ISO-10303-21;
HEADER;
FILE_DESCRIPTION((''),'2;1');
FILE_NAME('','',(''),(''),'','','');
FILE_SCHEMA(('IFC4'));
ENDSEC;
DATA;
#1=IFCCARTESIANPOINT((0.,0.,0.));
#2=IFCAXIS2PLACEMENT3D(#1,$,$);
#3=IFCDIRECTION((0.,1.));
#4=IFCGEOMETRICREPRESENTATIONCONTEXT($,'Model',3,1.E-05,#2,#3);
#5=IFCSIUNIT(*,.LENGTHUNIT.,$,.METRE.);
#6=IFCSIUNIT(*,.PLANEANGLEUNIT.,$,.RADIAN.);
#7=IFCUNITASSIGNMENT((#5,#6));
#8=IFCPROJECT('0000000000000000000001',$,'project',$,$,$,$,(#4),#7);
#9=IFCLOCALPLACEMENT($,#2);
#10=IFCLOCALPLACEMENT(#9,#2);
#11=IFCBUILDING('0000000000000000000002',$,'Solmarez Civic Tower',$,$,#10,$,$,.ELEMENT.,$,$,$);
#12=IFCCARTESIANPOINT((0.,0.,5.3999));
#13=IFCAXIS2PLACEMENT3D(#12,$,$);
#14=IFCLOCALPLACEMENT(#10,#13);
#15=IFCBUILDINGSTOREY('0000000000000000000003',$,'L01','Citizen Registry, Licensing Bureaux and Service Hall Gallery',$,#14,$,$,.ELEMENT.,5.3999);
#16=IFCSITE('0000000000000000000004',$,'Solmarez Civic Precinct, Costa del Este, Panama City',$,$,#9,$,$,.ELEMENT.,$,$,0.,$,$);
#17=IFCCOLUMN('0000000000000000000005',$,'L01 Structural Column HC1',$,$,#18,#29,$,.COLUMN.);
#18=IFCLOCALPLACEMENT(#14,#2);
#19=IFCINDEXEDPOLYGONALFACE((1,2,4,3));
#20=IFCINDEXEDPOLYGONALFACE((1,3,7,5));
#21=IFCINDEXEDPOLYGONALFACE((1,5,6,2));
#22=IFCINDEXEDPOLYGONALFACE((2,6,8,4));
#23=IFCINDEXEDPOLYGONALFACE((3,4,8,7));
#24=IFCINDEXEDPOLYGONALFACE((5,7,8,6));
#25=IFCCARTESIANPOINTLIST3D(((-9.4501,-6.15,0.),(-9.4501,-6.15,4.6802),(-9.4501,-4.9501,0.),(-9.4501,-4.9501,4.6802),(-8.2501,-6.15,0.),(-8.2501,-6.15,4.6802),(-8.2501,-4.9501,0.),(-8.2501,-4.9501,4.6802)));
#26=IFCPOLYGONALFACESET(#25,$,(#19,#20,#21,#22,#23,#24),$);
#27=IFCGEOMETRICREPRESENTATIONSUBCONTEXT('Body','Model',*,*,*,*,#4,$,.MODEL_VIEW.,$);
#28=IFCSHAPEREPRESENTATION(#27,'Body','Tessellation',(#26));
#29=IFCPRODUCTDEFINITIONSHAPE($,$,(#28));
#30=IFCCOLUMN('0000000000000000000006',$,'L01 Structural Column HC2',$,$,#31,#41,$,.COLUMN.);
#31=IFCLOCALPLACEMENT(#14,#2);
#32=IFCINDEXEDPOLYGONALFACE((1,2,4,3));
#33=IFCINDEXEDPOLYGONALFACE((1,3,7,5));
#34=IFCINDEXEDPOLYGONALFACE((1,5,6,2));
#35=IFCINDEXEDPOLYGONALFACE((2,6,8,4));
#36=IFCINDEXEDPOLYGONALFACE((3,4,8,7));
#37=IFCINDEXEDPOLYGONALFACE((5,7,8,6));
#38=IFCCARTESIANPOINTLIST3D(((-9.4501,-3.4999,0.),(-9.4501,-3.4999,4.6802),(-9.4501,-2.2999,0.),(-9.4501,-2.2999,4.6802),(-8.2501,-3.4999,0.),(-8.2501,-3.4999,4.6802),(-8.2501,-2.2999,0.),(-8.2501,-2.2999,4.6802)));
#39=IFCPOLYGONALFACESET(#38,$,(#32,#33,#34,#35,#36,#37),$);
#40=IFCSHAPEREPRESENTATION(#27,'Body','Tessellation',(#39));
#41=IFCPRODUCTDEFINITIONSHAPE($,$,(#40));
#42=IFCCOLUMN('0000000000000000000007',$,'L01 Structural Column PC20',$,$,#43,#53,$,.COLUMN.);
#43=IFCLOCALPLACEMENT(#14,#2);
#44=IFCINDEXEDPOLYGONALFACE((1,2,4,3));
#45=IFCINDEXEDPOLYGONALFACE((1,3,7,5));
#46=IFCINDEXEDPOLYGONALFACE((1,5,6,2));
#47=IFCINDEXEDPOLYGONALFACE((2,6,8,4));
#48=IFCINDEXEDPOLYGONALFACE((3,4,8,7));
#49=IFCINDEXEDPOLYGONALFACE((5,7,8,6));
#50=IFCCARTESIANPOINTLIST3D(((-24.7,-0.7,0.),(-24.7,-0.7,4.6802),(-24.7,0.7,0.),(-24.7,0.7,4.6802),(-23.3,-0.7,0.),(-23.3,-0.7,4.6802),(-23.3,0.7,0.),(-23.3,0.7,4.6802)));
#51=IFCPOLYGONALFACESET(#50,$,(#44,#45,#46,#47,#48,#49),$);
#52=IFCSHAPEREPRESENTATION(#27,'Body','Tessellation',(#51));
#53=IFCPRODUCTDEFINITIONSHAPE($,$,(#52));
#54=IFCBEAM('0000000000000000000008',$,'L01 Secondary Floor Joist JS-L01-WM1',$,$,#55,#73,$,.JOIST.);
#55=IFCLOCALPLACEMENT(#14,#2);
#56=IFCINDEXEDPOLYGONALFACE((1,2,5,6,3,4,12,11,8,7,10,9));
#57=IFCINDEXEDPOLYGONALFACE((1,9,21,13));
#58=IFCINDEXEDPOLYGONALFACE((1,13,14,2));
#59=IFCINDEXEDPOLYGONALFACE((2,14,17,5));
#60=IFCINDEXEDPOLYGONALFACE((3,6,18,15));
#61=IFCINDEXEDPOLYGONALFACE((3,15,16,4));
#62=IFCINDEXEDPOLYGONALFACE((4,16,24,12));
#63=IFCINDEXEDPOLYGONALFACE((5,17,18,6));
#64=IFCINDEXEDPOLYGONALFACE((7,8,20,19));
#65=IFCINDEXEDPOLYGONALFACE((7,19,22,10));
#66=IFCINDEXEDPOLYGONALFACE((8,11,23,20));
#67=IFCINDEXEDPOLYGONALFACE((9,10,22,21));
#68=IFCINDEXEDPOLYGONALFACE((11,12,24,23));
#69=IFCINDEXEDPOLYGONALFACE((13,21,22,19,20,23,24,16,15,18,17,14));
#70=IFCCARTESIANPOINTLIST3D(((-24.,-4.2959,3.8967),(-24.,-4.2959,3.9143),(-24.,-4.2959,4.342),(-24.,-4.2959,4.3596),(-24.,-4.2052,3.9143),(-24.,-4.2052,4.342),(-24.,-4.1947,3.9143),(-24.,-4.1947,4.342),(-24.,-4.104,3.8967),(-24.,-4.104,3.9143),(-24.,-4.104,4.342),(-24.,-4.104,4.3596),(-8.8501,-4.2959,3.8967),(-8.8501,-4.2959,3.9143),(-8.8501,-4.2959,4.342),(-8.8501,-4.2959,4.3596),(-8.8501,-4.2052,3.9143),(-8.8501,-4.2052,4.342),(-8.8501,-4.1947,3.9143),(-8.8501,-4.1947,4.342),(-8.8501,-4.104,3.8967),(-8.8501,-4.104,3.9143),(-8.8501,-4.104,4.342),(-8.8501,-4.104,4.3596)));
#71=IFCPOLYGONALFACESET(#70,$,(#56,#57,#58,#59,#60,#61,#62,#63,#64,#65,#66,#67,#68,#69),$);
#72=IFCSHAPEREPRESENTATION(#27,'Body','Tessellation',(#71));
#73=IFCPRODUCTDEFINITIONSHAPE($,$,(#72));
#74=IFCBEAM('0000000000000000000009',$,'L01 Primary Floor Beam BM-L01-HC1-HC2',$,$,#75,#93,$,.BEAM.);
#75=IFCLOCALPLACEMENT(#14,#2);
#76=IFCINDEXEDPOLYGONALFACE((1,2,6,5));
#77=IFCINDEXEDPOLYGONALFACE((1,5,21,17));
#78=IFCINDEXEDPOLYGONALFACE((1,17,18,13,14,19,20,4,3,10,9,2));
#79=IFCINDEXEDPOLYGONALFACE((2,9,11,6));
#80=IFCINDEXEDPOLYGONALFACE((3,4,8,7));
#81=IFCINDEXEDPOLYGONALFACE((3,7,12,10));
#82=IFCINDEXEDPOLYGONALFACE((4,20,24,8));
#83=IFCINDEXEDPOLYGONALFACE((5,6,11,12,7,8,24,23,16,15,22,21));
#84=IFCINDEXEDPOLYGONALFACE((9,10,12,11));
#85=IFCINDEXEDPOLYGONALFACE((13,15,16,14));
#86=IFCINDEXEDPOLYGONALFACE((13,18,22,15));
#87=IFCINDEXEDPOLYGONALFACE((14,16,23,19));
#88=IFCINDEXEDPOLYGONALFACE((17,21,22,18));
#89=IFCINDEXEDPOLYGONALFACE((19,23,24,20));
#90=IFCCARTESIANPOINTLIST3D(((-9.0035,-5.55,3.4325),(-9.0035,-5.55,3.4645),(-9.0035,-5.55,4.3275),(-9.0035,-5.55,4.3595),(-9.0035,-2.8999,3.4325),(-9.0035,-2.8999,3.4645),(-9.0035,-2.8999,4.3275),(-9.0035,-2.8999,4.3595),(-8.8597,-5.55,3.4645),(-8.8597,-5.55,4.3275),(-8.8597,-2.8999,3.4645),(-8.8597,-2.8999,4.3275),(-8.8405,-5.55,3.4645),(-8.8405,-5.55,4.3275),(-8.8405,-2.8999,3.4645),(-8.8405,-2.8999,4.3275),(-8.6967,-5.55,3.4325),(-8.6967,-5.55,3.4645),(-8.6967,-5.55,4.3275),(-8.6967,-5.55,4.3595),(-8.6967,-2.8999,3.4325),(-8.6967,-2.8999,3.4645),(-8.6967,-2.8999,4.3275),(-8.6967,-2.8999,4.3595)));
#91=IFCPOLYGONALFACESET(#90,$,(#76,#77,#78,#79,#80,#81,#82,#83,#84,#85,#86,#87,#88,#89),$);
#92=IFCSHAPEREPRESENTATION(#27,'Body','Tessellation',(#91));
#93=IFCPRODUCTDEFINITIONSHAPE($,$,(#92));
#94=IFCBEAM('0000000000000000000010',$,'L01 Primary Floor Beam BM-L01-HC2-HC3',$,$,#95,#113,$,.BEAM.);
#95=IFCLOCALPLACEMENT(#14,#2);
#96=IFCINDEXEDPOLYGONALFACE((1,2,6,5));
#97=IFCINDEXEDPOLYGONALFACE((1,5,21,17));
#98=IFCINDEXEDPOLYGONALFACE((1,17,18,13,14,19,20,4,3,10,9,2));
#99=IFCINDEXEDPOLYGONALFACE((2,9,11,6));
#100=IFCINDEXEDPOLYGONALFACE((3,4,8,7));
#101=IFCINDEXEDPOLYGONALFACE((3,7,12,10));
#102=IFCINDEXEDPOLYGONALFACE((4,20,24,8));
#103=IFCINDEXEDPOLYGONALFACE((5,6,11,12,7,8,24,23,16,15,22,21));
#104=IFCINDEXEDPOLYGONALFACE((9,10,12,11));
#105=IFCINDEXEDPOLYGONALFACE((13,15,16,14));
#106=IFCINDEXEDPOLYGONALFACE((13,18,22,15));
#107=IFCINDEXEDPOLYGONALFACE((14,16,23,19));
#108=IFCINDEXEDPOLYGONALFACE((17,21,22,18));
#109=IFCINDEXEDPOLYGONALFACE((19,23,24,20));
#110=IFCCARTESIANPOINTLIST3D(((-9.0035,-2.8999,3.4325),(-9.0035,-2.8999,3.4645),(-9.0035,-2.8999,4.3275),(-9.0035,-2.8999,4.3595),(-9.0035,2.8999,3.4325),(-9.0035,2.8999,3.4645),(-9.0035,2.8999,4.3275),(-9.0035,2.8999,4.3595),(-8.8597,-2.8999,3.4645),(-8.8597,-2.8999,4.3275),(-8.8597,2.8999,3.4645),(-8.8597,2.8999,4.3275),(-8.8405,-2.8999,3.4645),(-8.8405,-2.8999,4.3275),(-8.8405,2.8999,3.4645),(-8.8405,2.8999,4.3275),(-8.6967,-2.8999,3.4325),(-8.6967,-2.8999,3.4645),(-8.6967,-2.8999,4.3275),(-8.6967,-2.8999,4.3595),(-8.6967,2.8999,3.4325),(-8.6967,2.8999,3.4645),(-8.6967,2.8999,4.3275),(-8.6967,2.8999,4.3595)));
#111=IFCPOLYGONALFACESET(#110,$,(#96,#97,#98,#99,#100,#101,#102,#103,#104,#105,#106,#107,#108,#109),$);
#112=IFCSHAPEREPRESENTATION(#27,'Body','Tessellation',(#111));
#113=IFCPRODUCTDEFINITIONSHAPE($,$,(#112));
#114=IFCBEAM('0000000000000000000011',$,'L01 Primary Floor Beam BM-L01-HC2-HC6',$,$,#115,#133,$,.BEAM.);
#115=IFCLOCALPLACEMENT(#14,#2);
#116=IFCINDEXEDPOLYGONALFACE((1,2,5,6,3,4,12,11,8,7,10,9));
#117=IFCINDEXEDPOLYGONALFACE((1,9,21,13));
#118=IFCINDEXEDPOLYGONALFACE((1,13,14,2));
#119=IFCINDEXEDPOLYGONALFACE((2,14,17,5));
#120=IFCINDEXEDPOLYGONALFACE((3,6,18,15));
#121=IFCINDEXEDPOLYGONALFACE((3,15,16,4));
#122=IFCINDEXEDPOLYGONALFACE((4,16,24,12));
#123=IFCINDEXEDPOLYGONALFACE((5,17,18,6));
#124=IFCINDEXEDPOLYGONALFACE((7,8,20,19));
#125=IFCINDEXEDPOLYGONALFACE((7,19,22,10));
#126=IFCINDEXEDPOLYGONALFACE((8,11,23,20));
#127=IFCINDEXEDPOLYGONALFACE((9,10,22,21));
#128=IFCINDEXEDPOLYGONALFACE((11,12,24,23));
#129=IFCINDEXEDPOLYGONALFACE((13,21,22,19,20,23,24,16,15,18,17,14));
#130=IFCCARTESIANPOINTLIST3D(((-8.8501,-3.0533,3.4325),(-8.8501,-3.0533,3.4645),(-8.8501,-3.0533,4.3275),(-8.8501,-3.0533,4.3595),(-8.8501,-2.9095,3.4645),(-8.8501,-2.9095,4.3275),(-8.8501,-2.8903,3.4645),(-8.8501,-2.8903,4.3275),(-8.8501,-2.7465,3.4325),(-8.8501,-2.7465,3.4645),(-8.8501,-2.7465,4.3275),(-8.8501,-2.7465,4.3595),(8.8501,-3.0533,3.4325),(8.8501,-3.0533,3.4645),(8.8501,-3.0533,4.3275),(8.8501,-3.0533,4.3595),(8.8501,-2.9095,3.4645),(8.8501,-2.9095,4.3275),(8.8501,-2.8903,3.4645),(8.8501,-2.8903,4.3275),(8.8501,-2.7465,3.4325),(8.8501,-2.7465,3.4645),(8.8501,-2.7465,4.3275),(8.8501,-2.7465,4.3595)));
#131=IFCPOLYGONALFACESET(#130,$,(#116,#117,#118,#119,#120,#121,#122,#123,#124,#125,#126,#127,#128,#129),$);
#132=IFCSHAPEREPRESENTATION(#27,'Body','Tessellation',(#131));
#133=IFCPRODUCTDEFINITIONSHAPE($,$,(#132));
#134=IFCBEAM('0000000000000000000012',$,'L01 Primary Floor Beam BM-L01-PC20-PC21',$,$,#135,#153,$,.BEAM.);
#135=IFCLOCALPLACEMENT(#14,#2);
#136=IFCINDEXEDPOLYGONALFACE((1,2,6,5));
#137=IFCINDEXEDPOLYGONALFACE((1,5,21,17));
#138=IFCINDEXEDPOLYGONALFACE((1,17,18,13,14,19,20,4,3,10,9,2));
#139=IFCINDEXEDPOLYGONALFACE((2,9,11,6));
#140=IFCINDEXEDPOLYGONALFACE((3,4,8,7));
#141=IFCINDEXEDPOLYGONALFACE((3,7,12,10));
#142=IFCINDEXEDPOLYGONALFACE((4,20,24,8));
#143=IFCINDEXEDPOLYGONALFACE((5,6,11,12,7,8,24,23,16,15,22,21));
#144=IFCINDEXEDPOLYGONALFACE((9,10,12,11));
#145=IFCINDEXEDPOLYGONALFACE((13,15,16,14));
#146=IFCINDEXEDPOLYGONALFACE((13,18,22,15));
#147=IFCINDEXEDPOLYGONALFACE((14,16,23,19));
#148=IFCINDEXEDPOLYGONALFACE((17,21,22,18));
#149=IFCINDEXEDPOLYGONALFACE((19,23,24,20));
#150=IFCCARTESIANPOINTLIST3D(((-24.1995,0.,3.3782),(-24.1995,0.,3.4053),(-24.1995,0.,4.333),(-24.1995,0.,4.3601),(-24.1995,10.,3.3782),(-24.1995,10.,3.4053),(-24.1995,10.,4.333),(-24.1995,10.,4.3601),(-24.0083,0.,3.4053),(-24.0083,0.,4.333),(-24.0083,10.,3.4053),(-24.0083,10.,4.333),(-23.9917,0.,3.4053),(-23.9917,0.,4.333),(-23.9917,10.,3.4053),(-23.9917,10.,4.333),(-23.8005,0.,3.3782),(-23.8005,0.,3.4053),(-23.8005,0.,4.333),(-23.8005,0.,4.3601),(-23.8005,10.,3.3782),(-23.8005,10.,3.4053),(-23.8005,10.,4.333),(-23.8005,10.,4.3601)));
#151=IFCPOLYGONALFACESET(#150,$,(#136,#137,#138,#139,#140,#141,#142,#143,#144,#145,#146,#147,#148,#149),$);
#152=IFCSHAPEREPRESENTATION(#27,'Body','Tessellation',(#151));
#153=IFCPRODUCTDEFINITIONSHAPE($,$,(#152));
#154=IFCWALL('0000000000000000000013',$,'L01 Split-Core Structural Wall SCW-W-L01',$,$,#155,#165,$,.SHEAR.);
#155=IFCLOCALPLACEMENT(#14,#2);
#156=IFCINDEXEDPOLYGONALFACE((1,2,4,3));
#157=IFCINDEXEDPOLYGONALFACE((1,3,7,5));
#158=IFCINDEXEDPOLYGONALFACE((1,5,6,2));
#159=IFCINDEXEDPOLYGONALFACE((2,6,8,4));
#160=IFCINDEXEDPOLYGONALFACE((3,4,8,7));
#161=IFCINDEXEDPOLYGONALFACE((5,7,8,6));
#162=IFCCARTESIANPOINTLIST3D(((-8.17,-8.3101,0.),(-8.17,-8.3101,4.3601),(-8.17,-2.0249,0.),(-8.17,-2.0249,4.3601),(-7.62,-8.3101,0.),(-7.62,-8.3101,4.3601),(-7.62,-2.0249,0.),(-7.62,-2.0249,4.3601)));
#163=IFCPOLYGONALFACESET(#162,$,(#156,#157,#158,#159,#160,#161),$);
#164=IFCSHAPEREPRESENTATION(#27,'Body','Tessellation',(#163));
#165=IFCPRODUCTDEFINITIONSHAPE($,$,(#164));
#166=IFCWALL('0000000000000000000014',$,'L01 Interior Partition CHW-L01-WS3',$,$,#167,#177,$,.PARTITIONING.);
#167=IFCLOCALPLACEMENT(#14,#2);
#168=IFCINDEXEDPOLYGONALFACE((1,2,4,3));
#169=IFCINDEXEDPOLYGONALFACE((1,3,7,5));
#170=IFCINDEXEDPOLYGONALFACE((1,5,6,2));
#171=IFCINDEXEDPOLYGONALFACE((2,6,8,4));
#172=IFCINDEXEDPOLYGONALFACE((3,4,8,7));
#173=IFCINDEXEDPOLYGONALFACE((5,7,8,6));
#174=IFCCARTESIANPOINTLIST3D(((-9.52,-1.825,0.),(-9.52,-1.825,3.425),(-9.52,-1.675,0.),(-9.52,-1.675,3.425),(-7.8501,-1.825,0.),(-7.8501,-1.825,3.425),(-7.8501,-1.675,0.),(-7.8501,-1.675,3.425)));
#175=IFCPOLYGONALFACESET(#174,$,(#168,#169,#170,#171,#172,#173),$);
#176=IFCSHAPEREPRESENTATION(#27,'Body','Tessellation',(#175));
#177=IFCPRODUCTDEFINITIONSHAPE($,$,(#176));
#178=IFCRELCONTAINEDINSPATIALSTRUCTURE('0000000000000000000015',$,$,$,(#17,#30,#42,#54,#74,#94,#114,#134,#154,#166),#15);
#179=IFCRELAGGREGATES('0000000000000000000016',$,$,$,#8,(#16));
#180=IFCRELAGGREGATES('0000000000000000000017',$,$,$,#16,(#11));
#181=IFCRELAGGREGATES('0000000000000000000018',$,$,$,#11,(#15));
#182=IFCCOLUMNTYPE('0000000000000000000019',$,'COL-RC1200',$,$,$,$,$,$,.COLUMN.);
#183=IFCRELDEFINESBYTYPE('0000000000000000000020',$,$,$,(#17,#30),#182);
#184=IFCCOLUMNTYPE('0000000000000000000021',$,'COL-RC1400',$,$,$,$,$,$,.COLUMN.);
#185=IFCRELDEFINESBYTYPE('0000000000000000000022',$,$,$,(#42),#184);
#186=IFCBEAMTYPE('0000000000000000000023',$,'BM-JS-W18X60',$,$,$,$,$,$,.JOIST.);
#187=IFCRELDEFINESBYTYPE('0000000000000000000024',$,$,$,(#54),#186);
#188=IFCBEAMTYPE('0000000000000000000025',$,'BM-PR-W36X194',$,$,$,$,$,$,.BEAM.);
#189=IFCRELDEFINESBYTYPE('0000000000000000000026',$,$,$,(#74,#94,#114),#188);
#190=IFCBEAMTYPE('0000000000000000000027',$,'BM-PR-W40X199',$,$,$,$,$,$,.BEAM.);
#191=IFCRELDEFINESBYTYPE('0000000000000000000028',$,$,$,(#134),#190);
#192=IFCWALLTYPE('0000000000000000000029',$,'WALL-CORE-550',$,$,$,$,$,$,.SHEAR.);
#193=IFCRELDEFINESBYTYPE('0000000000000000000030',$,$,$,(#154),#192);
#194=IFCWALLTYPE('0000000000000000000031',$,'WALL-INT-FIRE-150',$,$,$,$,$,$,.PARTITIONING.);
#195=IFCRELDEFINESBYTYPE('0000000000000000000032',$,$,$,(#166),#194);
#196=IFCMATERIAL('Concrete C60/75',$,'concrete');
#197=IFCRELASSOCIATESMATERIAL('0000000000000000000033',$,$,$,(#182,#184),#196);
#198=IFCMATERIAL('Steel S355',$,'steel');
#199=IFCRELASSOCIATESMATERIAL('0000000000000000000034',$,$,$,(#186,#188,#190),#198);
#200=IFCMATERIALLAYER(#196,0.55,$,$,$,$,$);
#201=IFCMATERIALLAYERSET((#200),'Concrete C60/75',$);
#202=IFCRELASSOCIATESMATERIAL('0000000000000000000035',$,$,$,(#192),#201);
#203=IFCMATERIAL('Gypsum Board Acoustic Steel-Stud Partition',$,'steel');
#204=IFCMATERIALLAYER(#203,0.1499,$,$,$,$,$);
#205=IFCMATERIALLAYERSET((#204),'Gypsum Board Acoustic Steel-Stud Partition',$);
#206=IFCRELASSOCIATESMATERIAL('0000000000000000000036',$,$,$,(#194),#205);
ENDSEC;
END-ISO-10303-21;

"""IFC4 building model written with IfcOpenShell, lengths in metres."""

from ifc_helpers import new_model, si_unit, direction, frame, frame_2d, origin, origin_2d, place, context, subcontext, project, spatial, rectangle, i_section, extrude, material, layer, layer_set, material_profile, profile_set, type_object, element, save


model = new_model("IFC4")

# Units and contexts
model_context = context("Model", 3, precision=1e-05, world=origin(), true_north=direction((0.0, 1.0)))
body_context = subcontext(model_context, "Body", "Model", "MODEL_VIEW")
ifc_project = project(units=[si_unit("LENGTHUNIT", "METRE"), si_unit("PLANEANGLEUNIT", "RADIAN")], contexts=[model_context])

# Site, building, storey
site_placement = place(None, origin())
site = spatial("IfcSite", under=ifc_project, at=site_placement, Name="Solmarez Civic Precinct, Costa del Este, Panama City", CompositionType="ELEMENT", RefElevation=0.0)
building_placement = place(site_placement, origin())
building = spatial("IfcBuilding", under=site, at=building_placement, Name="Solmarez Civic Tower", CompositionType="ELEMENT")
storey_placement = place(building_placement, frame((0.0, 0.0, 5.3999)))
storey = spatial("IfcBuildingStorey", under=building, at=storey_placement, Name="L01", Description="Citizen Registry, Licensing Bureaux and Service Hall Gallery", CompositionType="ELEMENT", Elevation=5.3999)

# Columns
ifc_material_1 = material(Name="Concrete C60/75", Category="concrete")
ifc_material_profile_1 = material_profile(ifc_material_1, rectangle(XDim=1.2, YDim=1.2, at=origin_2d()), Name="RC1200X1200")
ifc_profile_set_1 = profile_set([ifc_material_profile_1], Name="Concrete C60/75")
column_type_1 = type_object("IfcColumnType", Name="COL-RC1200", PredefinedType="COLUMN", material=ifc_profile_set_1)
for number, where, z_axis, x_axis, name in (
    (1, (-8.8501, -5.55, 0.0), (0.0, 0.0, 1.0), (1.0, 0.0, 0.0), "L01 Structural Column HC1"),
    (2, (-8.8501, -2.8999, 0.0), (0.0, 0.0, 1.0), (1.0, 0.0, 0.0), "L01 Structural Column HC2"),
):
    element("IfcColumn", number, at=place(storey_placement, frame(where, z_axis=z_axis, x_axis=x_axis)), inside=storey, type_object=column_type_1, Name=name, PredefinedType="COLUMN", context=body_context, shape_type="SweptSolid", body=[
        extrude(rectangle(XDim=1.2, YDim=1.2, at=origin_2d()), origin(), (0.0, 0.0, 1.0), 4.6802),
    ])
ifc_material_profile_2 = material_profile(ifc_material_1, rectangle(XDim=1.3999, YDim=1.3999, at=origin_2d()), Name="RC1400X1400")
ifc_profile_set_2 = profile_set([ifc_material_profile_2], Name="Concrete C60/75")
column_type_2 = type_object("IfcColumnType", Name="COL-RC1400", PredefinedType="COLUMN", material=ifc_profile_set_2)
column_placement = place(storey_placement, frame((-24.0, 0.0, 0.0), z_axis=(0.0, 0.0, 1.0), x_axis=(1.0, 0.0, 0.0)))
element("IfcColumn", 3, at=column_placement, inside=storey, type_object=column_type_2, Name="L01 Structural Column PC20", PredefinedType="COLUMN", context=body_context, shape_type="SweptSolid", body=[
    extrude(rectangle(XDim=1.3999, YDim=1.3999, at=origin_2d()), origin(), (0.0, 0.0, 1.0), 4.6802),
])

# Beams
ifc_material_2 = material(Name="Steel S355", Category="steel")
ifc_material_profile_3 = material_profile(ifc_material_2, i_section(OverallWidth=0.1919, OverallDepth=0.4629, WebThickness=0.0105, FlangeThickness=0.0176, at=origin_2d()), Name="W18X60")
ifc_profile_set_3 = profile_set([ifc_material_profile_3], Name="Steel S355")
beam_type_1 = type_object("IfcBeamType", Name="BM-JS-W18X60", PredefinedType="JOIST", material=ifc_profile_set_3)
beam_1_placement = place(storey_placement, frame((-24.0, -4.2, 4.1282), z_axis=(1.0, 0.0, 0.0), x_axis=(0.0, 1.0, 0.0)))
element("IfcBeam", 4, at=beam_1_placement, inside=storey, type_object=beam_type_1, Name="L01 Secondary Floor Joist JS-L01-WM1", PredefinedType="JOIST", context=body_context, shape_type="SweptSolid", body=[
    extrude(i_section(OverallWidth=0.1919, OverallDepth=0.4629, WebThickness=0.0105, FlangeThickness=0.0176, at=origin_2d()), origin(), (0.0, 0.0, 1.0), 15.1499),
])
ifc_material_profile_4 = material_profile(ifc_material_2, i_section(OverallWidth=0.3069, OverallDepth=0.927, WebThickness=0.0193, FlangeThickness=0.032, at=origin_2d()), Name="W36X194")
ifc_profile_set_4 = profile_set([ifc_material_profile_4], Name="Steel S355")
beam_type_2 = type_object("IfcBeamType", Name="BM-PR-W36X194", PredefinedType="BEAM", material=ifc_profile_set_4)
beam_2_placement = place(storey_placement, frame((-8.8501, -5.55, 3.896), z_axis=(0.0, 1.0, 0.0), x_axis=(-1.0, 0.0, 0.0)))
element("IfcBeam", 5, at=beam_2_placement, inside=storey, type_object=beam_type_2, Name="L01 Primary Floor Beam BM-L01-HC1-HC2", PredefinedType="BEAM", context=body_context, shape_type="SweptSolid", body=[
    extrude(i_section(OverallWidth=0.3069, OverallDepth=0.927, WebThickness=0.0193, FlangeThickness=0.032, at=origin_2d()), origin(), (0.0, 0.0, 1.0), 2.6501),
])
beam_3_placement = place(storey_placement, frame((-8.8501, -2.8999, 3.896), z_axis=(0.0, 1.0, 0.0), x_axis=(-1.0, 0.0, 0.0)))
element("IfcBeam", 6, at=beam_3_placement, inside=storey, type_object=beam_type_2, Name="L01 Primary Floor Beam BM-L01-HC2-HC3", PredefinedType="BEAM", context=body_context, shape_type="SweptSolid", body=[
    extrude(i_section(OverallWidth=0.3069, OverallDepth=0.927, WebThickness=0.0193, FlangeThickness=0.032, at=origin_2d()), origin(), (0.0, 0.0, 1.0), 5.7998),
])
beam_4_placement = place(storey_placement, frame((-8.8501, -2.8999, 3.896), z_axis=(1.0, 0.0, 0.0), x_axis=(0.0, 1.0, 0.0)))
element("IfcBeam", 7, at=beam_4_placement, inside=storey, type_object=beam_type_2, Name="L01 Primary Floor Beam BM-L01-HC2-HC6", PredefinedType="BEAM", context=body_context, shape_type="SweptSolid", body=[
    extrude(i_section(OverallWidth=0.3069, OverallDepth=0.927, WebThickness=0.0193, FlangeThickness=0.032, at=origin_2d()), origin(), (0.0, 0.0, 1.0), 17.7002),
])
ifc_material_profile_5 = material_profile(ifc_material_2, i_section(OverallWidth=0.3989, OverallDepth=0.9819, WebThickness=0.0166, FlangeThickness=0.0271, at=origin_2d()), Name="W40X199")
ifc_profile_set_5 = profile_set([ifc_material_profile_5], Name="Steel S355")
beam_type_3 = type_object("IfcBeamType", Name="BM-PR-W40X199", PredefinedType="BEAM", material=ifc_profile_set_5)
beam_5_placement = place(storey_placement, frame((-24.0, 0.0, 3.8691), z_axis=(0.0, 1.0, 0.0), x_axis=(-1.0, 0.0, 0.0)))
element("IfcBeam", 8, at=beam_5_placement, inside=storey, type_object=beam_type_3, Name="L01 Primary Floor Beam BM-L01-PC20-PC21", PredefinedType="BEAM", context=body_context, shape_type="SweptSolid", body=[
    extrude(i_section(OverallWidth=0.3989, OverallDepth=0.9819, WebThickness=0.0166, FlangeThickness=0.0271, at=origin_2d()), origin(), (0.0, 0.0, 1.0), 10.0),
])

# Shared definitions
ifc_layer_1 = layer(ifc_material_1, 0.55)
ifc_layer_set_1 = layer_set([ifc_layer_1], Name="Concrete C60/75")
wall_type_1 = type_object("IfcWallType", Name="WALL-CORE-550", PredefinedType="SHEAR", material=ifc_layer_set_1)

# Walls
wall_1_placement = place(storey_placement, frame((-7.895, -8.3101, 0.0), z_axis=(0.0, 0.0, 1.0), x_axis=(0.0, 1.0, 0.0)))
element("IfcWall", 9, at=wall_1_placement, inside=storey, type_object=wall_type_1, Name="L01 Split-Core Structural Wall SCW-W-L01", PredefinedType="SHEAR", context=body_context, shape_type="SweptSolid", body=[
    extrude(rectangle(XDim=6.2852, YDim=0.55, at=frame_2d((3.1426, 0.0))), origin(), (0.0, 0.0, 1.0), 4.3601),
])
ifc_material_3 = material(Name="Gypsum Board Acoustic Steel-Stud Partition", Category="steel")
ifc_layer_2 = layer(ifc_material_3, 0.1499)
ifc_layer_set_2 = layer_set([ifc_layer_2], Name="Gypsum Board Acoustic Steel-Stud Partition")
wall_type_2 = type_object("IfcWallType", Name="WALL-INT-FIRE-150", PredefinedType="PARTITIONING", material=ifc_layer_set_2)
wall_2_placement = place(storey_placement, frame((-7.8501, -1.75, 0.0), z_axis=(0.0, 0.0, 1.0), x_axis=(-1.0, 0.0, 0.0)))
element("IfcWall", 10, at=wall_2_placement, inside=storey, type_object=wall_type_2, Name="L01 Interior Partition CHW-L01-WS3", PredefinedType="PARTITIONING", context=body_context, shape_type="SweptSolid", body=[
    extrude(rectangle(XDim=1.6699, YDim=0.1499, at=frame_2d((0.835, 0.0))), origin(), (0.0, 0.0, 1.0), 3.425),
])

save(model, "model.ifc")
